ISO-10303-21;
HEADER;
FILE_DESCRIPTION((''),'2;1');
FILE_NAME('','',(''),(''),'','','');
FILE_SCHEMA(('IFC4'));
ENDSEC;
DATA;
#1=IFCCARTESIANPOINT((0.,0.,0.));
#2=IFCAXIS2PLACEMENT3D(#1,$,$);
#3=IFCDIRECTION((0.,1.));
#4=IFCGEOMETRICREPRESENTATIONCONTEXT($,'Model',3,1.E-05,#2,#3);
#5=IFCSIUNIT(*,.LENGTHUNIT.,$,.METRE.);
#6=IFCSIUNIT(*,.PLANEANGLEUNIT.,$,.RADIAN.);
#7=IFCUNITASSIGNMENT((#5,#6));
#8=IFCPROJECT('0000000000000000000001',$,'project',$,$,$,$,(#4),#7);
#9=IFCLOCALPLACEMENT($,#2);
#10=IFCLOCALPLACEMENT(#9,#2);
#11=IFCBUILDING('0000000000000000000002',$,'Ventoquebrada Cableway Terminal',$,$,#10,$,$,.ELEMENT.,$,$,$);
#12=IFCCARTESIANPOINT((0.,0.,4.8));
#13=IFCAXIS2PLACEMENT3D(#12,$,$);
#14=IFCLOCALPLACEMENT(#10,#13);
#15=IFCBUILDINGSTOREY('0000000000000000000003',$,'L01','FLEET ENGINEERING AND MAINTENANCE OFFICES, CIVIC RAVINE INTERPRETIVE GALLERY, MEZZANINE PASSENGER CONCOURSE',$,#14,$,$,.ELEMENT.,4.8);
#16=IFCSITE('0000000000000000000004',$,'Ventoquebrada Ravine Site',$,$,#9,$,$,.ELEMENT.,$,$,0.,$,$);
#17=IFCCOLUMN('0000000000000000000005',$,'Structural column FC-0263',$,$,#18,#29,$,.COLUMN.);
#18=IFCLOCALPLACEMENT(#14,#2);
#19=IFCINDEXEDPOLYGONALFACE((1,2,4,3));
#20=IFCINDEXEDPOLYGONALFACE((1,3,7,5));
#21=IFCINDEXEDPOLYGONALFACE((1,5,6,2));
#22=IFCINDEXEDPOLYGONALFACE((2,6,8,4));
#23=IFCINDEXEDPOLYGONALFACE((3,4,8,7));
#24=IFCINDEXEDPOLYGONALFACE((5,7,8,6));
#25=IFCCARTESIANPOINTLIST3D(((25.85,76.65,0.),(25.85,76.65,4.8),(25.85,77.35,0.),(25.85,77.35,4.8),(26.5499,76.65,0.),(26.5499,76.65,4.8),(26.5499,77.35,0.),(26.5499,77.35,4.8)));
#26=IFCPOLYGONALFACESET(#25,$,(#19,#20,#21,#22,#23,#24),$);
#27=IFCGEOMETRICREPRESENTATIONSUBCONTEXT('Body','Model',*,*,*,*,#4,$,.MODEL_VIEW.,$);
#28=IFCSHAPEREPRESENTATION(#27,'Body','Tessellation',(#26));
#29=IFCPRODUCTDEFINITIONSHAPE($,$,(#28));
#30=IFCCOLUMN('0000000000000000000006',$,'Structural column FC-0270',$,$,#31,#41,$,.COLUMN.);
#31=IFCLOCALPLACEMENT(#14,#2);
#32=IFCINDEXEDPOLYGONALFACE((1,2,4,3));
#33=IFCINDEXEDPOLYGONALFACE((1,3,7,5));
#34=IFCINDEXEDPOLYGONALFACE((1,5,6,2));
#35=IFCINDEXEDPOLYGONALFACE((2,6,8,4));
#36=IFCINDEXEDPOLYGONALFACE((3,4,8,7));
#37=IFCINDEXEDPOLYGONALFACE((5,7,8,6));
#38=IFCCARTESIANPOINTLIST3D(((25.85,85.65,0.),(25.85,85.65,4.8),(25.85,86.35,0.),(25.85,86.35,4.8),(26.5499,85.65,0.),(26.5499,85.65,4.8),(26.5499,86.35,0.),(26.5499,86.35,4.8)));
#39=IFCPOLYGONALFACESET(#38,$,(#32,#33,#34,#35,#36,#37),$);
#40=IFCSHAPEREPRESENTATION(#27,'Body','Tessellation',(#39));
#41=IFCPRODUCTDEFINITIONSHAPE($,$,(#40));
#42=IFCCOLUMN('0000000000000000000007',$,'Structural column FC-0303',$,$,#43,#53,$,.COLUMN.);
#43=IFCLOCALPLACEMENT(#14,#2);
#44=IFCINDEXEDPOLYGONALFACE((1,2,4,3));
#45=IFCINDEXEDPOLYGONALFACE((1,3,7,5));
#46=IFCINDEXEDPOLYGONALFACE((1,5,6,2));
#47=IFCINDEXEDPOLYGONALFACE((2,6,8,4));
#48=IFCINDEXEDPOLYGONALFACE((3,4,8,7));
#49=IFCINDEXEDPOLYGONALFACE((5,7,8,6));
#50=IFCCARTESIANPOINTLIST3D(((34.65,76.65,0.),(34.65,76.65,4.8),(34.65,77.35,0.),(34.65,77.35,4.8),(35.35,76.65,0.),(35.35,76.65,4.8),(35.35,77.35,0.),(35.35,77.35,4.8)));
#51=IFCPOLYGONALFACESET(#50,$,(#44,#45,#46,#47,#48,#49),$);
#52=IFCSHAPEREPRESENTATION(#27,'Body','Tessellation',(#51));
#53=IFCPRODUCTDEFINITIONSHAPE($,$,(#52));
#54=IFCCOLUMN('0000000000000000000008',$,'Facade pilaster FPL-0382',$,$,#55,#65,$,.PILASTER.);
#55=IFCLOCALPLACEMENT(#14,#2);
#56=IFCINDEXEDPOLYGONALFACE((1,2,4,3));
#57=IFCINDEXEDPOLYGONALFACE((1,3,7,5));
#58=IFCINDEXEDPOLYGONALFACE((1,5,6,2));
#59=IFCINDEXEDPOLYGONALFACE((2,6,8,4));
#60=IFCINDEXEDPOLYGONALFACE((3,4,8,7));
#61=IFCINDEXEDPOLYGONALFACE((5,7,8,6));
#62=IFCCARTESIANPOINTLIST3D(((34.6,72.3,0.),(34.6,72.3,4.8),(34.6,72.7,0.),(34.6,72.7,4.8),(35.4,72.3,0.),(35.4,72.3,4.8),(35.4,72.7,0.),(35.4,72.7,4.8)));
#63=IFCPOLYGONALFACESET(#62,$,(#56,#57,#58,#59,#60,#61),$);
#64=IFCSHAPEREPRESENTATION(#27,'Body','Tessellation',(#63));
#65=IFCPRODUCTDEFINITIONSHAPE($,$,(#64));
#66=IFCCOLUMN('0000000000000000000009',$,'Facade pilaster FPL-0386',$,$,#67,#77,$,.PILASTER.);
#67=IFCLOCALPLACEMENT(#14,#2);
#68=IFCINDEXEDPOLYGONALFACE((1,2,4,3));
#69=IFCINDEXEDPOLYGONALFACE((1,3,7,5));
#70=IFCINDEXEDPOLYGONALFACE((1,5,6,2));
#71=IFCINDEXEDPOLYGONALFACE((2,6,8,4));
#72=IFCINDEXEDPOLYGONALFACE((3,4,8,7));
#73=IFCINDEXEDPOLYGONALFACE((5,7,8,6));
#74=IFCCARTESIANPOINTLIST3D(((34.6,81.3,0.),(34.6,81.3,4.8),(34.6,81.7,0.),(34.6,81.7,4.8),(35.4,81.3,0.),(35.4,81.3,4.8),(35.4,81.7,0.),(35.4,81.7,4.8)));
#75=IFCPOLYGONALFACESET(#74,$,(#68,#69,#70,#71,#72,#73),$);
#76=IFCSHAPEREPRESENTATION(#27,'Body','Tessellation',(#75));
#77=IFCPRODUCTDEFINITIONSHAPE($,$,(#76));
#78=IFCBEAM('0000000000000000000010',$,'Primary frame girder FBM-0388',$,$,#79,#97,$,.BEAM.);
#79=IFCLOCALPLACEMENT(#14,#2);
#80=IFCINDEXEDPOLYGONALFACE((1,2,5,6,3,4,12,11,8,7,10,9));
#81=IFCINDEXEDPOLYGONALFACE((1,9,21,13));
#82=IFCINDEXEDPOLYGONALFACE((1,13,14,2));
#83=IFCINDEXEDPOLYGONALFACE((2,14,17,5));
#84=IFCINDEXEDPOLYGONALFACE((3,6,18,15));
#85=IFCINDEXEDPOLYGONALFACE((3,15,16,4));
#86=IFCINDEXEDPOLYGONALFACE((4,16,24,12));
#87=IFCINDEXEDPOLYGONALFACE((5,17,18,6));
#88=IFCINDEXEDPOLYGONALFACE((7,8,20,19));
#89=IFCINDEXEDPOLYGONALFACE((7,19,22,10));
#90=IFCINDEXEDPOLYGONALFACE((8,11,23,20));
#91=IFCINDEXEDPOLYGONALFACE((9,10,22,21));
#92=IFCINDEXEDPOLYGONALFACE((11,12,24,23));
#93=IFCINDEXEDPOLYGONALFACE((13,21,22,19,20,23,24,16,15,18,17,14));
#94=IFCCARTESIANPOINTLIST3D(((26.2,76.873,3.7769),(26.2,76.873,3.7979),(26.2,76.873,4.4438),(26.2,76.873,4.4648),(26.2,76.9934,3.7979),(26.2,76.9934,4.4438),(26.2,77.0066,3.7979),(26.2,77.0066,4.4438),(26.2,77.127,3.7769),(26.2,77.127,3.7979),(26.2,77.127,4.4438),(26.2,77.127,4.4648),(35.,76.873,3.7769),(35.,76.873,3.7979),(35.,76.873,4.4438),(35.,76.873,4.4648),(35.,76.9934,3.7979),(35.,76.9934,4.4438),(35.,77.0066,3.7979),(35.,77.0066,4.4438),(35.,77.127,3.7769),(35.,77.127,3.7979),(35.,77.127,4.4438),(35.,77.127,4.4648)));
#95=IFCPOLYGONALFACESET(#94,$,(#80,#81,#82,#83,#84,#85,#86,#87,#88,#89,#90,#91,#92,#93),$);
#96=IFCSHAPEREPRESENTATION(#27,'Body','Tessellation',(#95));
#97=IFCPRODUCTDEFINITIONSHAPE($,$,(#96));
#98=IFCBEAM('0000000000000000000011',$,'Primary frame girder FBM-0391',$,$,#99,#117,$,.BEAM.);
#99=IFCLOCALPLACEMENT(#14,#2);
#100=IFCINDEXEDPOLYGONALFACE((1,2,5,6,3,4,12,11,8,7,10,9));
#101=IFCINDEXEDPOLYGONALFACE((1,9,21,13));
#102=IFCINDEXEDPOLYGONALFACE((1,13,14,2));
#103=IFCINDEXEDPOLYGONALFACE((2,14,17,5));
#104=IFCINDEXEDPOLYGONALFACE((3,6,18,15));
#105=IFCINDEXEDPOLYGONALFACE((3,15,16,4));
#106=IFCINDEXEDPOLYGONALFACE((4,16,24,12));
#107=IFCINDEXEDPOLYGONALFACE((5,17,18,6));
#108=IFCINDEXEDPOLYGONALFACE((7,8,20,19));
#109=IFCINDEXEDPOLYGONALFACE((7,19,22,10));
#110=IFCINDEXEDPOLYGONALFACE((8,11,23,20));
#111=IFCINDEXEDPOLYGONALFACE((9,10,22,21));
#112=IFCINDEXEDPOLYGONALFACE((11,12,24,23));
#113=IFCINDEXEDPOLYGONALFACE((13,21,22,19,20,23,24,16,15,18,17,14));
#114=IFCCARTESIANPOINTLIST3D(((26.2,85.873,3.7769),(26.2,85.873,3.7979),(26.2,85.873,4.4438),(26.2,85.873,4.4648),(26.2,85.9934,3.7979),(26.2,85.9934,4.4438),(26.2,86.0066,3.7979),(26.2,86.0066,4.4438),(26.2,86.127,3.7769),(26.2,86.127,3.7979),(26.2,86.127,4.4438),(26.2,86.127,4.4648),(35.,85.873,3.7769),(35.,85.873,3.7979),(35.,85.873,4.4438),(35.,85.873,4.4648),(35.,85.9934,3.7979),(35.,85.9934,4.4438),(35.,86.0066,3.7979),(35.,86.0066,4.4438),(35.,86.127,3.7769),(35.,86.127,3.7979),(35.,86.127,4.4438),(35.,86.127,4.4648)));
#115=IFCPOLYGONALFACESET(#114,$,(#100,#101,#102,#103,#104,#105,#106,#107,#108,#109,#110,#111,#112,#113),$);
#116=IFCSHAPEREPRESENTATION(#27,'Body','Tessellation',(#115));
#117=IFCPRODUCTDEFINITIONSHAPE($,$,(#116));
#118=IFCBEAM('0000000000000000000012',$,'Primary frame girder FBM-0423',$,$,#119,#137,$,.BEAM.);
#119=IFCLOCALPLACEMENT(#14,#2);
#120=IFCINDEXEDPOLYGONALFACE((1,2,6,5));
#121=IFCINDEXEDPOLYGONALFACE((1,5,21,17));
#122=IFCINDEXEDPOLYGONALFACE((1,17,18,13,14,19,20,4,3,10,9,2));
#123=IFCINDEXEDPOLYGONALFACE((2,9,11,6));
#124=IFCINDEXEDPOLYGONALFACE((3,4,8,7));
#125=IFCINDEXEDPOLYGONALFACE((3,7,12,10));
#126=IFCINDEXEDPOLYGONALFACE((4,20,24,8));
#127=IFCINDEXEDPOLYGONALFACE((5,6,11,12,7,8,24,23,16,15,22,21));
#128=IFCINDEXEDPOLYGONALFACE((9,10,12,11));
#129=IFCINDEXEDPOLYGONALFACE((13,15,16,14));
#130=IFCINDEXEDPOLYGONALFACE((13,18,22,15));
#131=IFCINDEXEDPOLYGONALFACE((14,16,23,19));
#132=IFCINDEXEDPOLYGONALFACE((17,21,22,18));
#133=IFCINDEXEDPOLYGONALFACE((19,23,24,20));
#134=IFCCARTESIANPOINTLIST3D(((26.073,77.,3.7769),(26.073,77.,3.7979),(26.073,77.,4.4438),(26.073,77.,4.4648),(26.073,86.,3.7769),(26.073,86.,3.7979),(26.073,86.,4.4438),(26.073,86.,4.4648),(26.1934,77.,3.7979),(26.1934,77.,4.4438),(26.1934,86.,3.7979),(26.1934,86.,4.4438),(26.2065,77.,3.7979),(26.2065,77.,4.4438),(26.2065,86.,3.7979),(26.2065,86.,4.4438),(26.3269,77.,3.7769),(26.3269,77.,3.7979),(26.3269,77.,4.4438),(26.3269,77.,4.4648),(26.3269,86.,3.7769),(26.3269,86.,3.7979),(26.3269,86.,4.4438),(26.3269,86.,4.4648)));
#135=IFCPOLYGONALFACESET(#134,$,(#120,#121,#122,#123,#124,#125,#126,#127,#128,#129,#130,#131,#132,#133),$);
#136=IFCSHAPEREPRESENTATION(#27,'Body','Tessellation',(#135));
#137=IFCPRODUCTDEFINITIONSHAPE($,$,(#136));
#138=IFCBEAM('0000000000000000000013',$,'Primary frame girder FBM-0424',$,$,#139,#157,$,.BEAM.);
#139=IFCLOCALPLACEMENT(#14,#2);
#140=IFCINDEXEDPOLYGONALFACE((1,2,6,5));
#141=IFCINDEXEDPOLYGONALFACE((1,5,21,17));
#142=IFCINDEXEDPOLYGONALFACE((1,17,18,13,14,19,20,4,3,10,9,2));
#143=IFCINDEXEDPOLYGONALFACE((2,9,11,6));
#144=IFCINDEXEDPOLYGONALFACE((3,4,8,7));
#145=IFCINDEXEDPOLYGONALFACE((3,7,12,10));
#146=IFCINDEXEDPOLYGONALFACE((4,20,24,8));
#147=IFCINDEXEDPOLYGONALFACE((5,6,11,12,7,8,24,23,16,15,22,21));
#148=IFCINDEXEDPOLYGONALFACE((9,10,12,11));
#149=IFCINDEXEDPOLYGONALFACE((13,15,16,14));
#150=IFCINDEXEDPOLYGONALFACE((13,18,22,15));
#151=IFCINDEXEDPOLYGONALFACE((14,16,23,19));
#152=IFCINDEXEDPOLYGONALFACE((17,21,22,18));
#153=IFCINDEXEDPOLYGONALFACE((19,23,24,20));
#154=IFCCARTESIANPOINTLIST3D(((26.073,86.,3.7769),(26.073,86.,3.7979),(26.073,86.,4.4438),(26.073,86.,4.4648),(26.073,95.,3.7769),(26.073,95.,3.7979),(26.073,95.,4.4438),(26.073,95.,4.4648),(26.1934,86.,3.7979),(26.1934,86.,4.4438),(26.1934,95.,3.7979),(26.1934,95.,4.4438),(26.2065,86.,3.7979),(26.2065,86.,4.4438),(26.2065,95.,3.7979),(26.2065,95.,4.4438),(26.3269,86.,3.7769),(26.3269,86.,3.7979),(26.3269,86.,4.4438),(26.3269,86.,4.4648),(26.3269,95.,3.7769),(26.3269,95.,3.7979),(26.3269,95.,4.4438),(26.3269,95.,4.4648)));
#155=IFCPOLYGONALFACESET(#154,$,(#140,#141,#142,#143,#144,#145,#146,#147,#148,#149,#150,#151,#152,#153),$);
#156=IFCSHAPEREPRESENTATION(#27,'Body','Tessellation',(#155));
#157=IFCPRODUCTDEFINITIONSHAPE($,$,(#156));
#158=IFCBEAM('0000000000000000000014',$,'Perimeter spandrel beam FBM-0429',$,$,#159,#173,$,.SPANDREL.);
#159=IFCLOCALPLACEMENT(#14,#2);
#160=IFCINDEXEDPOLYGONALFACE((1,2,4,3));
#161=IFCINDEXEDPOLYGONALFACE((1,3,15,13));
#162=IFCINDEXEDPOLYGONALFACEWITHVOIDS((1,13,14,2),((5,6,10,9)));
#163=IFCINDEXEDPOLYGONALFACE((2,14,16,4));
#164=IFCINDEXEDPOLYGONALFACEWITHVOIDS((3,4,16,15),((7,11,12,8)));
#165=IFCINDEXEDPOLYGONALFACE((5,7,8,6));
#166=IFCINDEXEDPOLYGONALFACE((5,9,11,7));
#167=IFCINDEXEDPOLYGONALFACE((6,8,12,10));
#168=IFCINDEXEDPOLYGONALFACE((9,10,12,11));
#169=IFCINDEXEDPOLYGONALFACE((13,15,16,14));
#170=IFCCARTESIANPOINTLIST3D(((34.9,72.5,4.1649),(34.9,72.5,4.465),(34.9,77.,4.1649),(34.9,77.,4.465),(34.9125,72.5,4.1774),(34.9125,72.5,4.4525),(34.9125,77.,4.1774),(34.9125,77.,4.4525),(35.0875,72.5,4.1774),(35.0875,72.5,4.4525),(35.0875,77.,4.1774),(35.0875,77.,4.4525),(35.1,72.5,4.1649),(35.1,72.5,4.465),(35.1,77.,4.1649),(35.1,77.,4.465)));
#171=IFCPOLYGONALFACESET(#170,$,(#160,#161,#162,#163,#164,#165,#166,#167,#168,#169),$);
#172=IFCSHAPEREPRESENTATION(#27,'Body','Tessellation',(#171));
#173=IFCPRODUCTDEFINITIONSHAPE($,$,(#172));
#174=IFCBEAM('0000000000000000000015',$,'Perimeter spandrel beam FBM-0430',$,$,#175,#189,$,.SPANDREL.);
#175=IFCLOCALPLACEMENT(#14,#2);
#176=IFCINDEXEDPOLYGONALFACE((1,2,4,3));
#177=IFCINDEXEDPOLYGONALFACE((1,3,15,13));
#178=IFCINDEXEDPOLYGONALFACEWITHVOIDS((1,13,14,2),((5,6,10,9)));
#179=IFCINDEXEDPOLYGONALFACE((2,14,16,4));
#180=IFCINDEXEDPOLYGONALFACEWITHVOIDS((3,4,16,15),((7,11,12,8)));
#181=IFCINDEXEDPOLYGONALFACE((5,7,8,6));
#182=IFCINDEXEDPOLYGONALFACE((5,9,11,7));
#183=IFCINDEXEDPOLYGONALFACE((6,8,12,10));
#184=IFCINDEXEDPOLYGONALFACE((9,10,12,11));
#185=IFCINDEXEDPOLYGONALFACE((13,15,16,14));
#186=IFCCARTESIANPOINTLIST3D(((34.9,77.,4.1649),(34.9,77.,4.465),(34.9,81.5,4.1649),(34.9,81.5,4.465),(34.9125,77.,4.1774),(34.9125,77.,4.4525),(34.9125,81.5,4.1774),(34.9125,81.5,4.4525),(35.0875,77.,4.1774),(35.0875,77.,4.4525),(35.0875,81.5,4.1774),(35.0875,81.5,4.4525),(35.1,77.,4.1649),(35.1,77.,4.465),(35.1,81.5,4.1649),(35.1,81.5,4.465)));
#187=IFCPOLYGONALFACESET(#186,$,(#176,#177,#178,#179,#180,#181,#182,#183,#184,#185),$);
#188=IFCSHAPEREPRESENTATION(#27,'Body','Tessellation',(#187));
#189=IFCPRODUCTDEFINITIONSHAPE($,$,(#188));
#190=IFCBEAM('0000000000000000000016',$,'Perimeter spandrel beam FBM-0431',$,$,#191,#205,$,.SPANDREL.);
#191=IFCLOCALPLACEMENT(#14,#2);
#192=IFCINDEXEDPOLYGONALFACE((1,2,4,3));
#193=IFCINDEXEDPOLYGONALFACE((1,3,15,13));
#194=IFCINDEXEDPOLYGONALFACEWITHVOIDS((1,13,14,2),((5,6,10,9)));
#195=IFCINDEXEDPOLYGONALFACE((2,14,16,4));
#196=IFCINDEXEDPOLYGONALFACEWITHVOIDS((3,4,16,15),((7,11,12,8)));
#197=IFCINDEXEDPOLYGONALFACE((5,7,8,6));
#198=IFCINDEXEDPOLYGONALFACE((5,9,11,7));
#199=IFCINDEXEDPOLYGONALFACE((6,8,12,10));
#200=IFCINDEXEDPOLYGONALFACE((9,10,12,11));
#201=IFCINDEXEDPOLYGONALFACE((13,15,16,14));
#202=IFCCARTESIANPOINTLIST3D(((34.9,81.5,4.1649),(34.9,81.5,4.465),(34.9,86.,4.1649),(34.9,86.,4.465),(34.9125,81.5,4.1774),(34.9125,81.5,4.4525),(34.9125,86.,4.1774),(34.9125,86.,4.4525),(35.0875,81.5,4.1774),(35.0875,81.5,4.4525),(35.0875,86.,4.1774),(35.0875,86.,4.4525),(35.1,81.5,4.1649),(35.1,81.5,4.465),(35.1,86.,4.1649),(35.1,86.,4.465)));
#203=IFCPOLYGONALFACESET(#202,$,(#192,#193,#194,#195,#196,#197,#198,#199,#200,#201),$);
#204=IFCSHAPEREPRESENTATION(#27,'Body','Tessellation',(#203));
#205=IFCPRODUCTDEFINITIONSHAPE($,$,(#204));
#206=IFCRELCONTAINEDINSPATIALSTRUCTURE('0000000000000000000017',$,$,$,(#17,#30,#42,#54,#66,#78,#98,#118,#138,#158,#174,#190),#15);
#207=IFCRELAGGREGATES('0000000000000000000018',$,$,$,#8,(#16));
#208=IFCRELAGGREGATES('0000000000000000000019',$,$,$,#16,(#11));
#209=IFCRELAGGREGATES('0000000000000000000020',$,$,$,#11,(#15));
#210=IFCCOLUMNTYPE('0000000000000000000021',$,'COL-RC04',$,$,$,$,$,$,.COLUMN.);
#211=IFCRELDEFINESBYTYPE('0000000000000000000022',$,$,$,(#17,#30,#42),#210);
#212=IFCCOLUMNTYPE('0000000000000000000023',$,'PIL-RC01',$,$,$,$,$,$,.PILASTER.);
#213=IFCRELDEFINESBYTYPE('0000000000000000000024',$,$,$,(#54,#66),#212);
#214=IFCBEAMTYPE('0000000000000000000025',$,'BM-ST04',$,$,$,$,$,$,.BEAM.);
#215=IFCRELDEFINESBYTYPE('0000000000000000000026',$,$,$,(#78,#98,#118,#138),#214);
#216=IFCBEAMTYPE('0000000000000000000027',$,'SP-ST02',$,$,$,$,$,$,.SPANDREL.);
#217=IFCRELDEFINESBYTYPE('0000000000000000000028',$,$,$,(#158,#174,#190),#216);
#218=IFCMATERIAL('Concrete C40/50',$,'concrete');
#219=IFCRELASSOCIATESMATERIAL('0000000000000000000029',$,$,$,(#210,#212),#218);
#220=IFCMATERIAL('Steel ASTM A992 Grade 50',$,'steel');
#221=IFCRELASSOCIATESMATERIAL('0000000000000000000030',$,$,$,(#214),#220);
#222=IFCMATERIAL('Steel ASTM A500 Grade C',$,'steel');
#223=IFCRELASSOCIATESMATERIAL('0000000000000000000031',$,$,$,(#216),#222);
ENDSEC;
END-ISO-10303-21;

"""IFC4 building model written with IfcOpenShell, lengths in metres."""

from ifc_helpers import new_model, si_unit, direction, frame, origin, origin_2d, place, context, subcontext, project, spatial, rectangle, hollow_rectangle, i_section, extrude, material, material_profile, profile_set, type_object, element, save


model = new_model("IFC4")

# Units and contexts
model_context = context("Model", 3, precision=1e-05, world=origin(), true_north=direction((0.0, 1.0)))
body_context = subcontext(model_context, "Body", "Model", "MODEL_VIEW")
ifc_project = project(units=[si_unit("LENGTHUNIT", "METRE"), si_unit("PLANEANGLEUNIT", "RADIAN")], contexts=[model_context])

# Site, building, storey
site_placement = place(None, origin())
site = spatial("IfcSite", under=ifc_project, at=site_placement, Name="Ventoquebrada Ravine Site", CompositionType="ELEMENT", RefElevation=0.0)
building_placement = place(site_placement, origin())
building = spatial("IfcBuilding", under=site, at=building_placement, Name="Ventoquebrada Cableway Terminal", CompositionType="ELEMENT")
storey_placement = place(building_placement, frame((0.0, 0.0, 4.8)))
storey = spatial("IfcBuildingStorey", under=building, at=storey_placement, Name="L01", Description="FLEET ENGINEERING AND MAINTENANCE OFFICES, CIVIC RAVINE INTERPRETIVE GALLERY, MEZZANINE PASSENGER CONCOURSE", CompositionType="ELEMENT", Elevation=4.8)

# Columns
ifc_material_1 = material(Name="Concrete C40/50", Category="concrete")
ifc_material_profile_1 = material_profile(ifc_material_1, rectangle(XDim=0.7, YDim=0.7, at=origin_2d()), Name="RC-COL-700X700")
ifc_profile_set_1 = profile_set([ifc_material_profile_1], Name="Concrete C40/50")
column_type_1 = type_object("IfcColumnType", Name="COL-RC04", PredefinedType="COLUMN", material=ifc_profile_set_1)
for number, where, z_axis, x_axis, name in (
    (1, (26.2, 77.0, 0.0), (0.0, 0.0, 1.0), (1.0, 0.0, 0.0), "Structural column FC-0263"),
    (2, (26.2, 86.0, 0.0), (0.0, 0.0, 1.0), (1.0, 0.0, 0.0), "Structural column FC-0270"),
    (3, (35.0, 77.0, 0.0), (0.0, 0.0, 1.0), (1.0, 0.0, 0.0), "Structural column FC-0303"),
):
    element("IfcColumn", number, at=place(storey_placement, frame(where, z_axis=z_axis, x_axis=x_axis)), inside=storey, type_object=column_type_1, Name=name, PredefinedType="COLUMN", context=body_context, shape_type="SweptSolid", body=[
        extrude(rectangle(XDim=0.7, YDim=0.7, at=origin_2d()), origin(), (0.0, 0.0, 1.0), 4.8),
    ])
ifc_material_profile_2 = material_profile(ifc_material_1, rectangle(XDim=0.3999, YDim=0.8, at=origin_2d()), Name="RC-PIL-400X800")
ifc_profile_set_2 = profile_set([ifc_material_profile_2], Name="Concrete C40/50")
column_type_2 = type_object("IfcColumnType", Name="PIL-RC01", PredefinedType="PILASTER", material=ifc_profile_set_2)
for number, where, z_axis, x_axis, name in (
    (4, (35.0, 72.5, 0.0), (0.0, 0.0, 1.0), (0.0, 1.0, 0.0), "Facade pilaster FPL-0382"),
    (5, (35.0, 81.5, 0.0), (0.0, 0.0, 1.0), (0.0, 1.0, 0.0), "Facade pilaster FPL-0386"),
):
    element("IfcColumn", number, at=place(storey_placement, frame(where, z_axis=z_axis, x_axis=x_axis)), inside=storey, type_object=column_type_2, Name=name, PredefinedType="PILASTER", context=body_context, shape_type="SweptSolid", body=[
        extrude(rectangle(XDim=0.3999, YDim=0.8, at=origin_2d()), origin(), (0.0, 0.0, 1.0), 4.8),
    ])

# Beams
ifc_material_2 = material(Name="Steel ASTM A992 Grade 50", Category="steel")
ifc_material_profile_3 = material_profile(ifc_material_2, i_section(OverallWidth=0.2539, OverallDepth=0.688, WebThickness=0.0132, FlangeThickness=0.021, at=origin_2d()), Name="W27X102")
ifc_profile_set_3 = profile_set([ifc_material_profile_3], Name="Steel ASTM A992 Grade 50")
beam_type_1 = type_object("IfcBeamType", Name="BM-ST04", PredefinedType="BEAM", material=ifc_profile_set_3)
for number, where, z_axis, x_axis, name in (
    (6, (26.2, 77.0, 4.1208), (1.0, 0.0, 0.0), (0.0, 1.0, 0.0), "Primary frame girder FBM-0388"),
    (7, (26.2, 86.0, 4.1208), (1.0, 0.0, 0.0), (0.0, 1.0, 0.0), "Primary frame girder FBM-0391"),
):
    element("IfcBeam", number, at=place(storey_placement, frame(where, z_axis=z_axis, x_axis=x_axis)), inside=storey, type_object=beam_type_1, Name=name, PredefinedType="BEAM", context=body_context, shape_type="SweptSolid", body=[
        extrude(i_section(OverallWidth=0.2539, OverallDepth=0.688, WebThickness=0.0132, FlangeThickness=0.021, at=origin_2d()), origin(), (0.0, 0.0, 1.0), 8.8),
    ])
for number, where, z_axis, x_axis, name in (
    (8, (26.2, 77.0, 4.1208), (0.0, 1.0, 0.0), (-1.0, 0.0, 0.0), "Primary frame girder FBM-0423"),
    (9, (26.2, 86.0, 4.1208), (0.0, 1.0, 0.0), (-1.0, 0.0, 0.0), "Primary frame girder FBM-0424"),
):
    element("IfcBeam", number, at=place(storey_placement, frame(where, z_axis=z_axis, x_axis=x_axis)), inside=storey, type_object=beam_type_1, Name=name, PredefinedType="BEAM", context=body_context, shape_type="SweptSolid", body=[
        extrude(i_section(OverallWidth=0.2539, OverallDepth=0.688, WebThickness=0.0132, FlangeThickness=0.021, at=origin_2d()), origin(), (0.0, 0.0, 1.0), 9.0),
    ])
ifc_material_3 = material(Name="Steel ASTM A500 Grade C", Category="steel")
ifc_material_profile_4 = material_profile(ifc_material_3, hollow_rectangle(XDim=0.2, YDim=0.3, WallThickness=0.0125, at=origin_2d()), Name="RHS300X200X12.5")
ifc_profile_set_4 = profile_set([ifc_material_profile_4], Name="Steel ASTM A500 Grade C")
beam_type_2 = type_object("IfcBeamType", Name="SP-ST02", PredefinedType="SPANDREL", material=ifc_profile_set_4)
for number, where, z_axis, x_axis, name in (
    (10, (35.0, 72.5, 4.3149), (0.0, 1.0, 0.0), (-1.0, 0.0, 0.0), "Perimeter spandrel beam FBM-0429"),
    (11, (35.0, 77.0, 4.3149), (0.0, 1.0, 0.0), (-1.0, 0.0, 0.0), "Perimeter spandrel beam FBM-0430"),
    (12, (35.0, 81.5, 4.3149), (0.0, 1.0, 0.0), (-1.0, 0.0, 0.0), "Perimeter spandrel beam FBM-0431"),
):
    element("IfcBeam", number, at=place(storey_placement, frame(where, z_axis=z_axis, x_axis=x_axis)), inside=storey, type_object=beam_type_2, Name=name, PredefinedType="SPANDREL", context=body_context, shape_type="SweptSolid", body=[
        extrude(hollow_rectangle(XDim=0.2, YDim=0.3, WallThickness=0.0125, at=origin_2d()), origin(), (0.0, 0.0, 1.0), 4.5),
    ])

save(model, "model.ifc")
